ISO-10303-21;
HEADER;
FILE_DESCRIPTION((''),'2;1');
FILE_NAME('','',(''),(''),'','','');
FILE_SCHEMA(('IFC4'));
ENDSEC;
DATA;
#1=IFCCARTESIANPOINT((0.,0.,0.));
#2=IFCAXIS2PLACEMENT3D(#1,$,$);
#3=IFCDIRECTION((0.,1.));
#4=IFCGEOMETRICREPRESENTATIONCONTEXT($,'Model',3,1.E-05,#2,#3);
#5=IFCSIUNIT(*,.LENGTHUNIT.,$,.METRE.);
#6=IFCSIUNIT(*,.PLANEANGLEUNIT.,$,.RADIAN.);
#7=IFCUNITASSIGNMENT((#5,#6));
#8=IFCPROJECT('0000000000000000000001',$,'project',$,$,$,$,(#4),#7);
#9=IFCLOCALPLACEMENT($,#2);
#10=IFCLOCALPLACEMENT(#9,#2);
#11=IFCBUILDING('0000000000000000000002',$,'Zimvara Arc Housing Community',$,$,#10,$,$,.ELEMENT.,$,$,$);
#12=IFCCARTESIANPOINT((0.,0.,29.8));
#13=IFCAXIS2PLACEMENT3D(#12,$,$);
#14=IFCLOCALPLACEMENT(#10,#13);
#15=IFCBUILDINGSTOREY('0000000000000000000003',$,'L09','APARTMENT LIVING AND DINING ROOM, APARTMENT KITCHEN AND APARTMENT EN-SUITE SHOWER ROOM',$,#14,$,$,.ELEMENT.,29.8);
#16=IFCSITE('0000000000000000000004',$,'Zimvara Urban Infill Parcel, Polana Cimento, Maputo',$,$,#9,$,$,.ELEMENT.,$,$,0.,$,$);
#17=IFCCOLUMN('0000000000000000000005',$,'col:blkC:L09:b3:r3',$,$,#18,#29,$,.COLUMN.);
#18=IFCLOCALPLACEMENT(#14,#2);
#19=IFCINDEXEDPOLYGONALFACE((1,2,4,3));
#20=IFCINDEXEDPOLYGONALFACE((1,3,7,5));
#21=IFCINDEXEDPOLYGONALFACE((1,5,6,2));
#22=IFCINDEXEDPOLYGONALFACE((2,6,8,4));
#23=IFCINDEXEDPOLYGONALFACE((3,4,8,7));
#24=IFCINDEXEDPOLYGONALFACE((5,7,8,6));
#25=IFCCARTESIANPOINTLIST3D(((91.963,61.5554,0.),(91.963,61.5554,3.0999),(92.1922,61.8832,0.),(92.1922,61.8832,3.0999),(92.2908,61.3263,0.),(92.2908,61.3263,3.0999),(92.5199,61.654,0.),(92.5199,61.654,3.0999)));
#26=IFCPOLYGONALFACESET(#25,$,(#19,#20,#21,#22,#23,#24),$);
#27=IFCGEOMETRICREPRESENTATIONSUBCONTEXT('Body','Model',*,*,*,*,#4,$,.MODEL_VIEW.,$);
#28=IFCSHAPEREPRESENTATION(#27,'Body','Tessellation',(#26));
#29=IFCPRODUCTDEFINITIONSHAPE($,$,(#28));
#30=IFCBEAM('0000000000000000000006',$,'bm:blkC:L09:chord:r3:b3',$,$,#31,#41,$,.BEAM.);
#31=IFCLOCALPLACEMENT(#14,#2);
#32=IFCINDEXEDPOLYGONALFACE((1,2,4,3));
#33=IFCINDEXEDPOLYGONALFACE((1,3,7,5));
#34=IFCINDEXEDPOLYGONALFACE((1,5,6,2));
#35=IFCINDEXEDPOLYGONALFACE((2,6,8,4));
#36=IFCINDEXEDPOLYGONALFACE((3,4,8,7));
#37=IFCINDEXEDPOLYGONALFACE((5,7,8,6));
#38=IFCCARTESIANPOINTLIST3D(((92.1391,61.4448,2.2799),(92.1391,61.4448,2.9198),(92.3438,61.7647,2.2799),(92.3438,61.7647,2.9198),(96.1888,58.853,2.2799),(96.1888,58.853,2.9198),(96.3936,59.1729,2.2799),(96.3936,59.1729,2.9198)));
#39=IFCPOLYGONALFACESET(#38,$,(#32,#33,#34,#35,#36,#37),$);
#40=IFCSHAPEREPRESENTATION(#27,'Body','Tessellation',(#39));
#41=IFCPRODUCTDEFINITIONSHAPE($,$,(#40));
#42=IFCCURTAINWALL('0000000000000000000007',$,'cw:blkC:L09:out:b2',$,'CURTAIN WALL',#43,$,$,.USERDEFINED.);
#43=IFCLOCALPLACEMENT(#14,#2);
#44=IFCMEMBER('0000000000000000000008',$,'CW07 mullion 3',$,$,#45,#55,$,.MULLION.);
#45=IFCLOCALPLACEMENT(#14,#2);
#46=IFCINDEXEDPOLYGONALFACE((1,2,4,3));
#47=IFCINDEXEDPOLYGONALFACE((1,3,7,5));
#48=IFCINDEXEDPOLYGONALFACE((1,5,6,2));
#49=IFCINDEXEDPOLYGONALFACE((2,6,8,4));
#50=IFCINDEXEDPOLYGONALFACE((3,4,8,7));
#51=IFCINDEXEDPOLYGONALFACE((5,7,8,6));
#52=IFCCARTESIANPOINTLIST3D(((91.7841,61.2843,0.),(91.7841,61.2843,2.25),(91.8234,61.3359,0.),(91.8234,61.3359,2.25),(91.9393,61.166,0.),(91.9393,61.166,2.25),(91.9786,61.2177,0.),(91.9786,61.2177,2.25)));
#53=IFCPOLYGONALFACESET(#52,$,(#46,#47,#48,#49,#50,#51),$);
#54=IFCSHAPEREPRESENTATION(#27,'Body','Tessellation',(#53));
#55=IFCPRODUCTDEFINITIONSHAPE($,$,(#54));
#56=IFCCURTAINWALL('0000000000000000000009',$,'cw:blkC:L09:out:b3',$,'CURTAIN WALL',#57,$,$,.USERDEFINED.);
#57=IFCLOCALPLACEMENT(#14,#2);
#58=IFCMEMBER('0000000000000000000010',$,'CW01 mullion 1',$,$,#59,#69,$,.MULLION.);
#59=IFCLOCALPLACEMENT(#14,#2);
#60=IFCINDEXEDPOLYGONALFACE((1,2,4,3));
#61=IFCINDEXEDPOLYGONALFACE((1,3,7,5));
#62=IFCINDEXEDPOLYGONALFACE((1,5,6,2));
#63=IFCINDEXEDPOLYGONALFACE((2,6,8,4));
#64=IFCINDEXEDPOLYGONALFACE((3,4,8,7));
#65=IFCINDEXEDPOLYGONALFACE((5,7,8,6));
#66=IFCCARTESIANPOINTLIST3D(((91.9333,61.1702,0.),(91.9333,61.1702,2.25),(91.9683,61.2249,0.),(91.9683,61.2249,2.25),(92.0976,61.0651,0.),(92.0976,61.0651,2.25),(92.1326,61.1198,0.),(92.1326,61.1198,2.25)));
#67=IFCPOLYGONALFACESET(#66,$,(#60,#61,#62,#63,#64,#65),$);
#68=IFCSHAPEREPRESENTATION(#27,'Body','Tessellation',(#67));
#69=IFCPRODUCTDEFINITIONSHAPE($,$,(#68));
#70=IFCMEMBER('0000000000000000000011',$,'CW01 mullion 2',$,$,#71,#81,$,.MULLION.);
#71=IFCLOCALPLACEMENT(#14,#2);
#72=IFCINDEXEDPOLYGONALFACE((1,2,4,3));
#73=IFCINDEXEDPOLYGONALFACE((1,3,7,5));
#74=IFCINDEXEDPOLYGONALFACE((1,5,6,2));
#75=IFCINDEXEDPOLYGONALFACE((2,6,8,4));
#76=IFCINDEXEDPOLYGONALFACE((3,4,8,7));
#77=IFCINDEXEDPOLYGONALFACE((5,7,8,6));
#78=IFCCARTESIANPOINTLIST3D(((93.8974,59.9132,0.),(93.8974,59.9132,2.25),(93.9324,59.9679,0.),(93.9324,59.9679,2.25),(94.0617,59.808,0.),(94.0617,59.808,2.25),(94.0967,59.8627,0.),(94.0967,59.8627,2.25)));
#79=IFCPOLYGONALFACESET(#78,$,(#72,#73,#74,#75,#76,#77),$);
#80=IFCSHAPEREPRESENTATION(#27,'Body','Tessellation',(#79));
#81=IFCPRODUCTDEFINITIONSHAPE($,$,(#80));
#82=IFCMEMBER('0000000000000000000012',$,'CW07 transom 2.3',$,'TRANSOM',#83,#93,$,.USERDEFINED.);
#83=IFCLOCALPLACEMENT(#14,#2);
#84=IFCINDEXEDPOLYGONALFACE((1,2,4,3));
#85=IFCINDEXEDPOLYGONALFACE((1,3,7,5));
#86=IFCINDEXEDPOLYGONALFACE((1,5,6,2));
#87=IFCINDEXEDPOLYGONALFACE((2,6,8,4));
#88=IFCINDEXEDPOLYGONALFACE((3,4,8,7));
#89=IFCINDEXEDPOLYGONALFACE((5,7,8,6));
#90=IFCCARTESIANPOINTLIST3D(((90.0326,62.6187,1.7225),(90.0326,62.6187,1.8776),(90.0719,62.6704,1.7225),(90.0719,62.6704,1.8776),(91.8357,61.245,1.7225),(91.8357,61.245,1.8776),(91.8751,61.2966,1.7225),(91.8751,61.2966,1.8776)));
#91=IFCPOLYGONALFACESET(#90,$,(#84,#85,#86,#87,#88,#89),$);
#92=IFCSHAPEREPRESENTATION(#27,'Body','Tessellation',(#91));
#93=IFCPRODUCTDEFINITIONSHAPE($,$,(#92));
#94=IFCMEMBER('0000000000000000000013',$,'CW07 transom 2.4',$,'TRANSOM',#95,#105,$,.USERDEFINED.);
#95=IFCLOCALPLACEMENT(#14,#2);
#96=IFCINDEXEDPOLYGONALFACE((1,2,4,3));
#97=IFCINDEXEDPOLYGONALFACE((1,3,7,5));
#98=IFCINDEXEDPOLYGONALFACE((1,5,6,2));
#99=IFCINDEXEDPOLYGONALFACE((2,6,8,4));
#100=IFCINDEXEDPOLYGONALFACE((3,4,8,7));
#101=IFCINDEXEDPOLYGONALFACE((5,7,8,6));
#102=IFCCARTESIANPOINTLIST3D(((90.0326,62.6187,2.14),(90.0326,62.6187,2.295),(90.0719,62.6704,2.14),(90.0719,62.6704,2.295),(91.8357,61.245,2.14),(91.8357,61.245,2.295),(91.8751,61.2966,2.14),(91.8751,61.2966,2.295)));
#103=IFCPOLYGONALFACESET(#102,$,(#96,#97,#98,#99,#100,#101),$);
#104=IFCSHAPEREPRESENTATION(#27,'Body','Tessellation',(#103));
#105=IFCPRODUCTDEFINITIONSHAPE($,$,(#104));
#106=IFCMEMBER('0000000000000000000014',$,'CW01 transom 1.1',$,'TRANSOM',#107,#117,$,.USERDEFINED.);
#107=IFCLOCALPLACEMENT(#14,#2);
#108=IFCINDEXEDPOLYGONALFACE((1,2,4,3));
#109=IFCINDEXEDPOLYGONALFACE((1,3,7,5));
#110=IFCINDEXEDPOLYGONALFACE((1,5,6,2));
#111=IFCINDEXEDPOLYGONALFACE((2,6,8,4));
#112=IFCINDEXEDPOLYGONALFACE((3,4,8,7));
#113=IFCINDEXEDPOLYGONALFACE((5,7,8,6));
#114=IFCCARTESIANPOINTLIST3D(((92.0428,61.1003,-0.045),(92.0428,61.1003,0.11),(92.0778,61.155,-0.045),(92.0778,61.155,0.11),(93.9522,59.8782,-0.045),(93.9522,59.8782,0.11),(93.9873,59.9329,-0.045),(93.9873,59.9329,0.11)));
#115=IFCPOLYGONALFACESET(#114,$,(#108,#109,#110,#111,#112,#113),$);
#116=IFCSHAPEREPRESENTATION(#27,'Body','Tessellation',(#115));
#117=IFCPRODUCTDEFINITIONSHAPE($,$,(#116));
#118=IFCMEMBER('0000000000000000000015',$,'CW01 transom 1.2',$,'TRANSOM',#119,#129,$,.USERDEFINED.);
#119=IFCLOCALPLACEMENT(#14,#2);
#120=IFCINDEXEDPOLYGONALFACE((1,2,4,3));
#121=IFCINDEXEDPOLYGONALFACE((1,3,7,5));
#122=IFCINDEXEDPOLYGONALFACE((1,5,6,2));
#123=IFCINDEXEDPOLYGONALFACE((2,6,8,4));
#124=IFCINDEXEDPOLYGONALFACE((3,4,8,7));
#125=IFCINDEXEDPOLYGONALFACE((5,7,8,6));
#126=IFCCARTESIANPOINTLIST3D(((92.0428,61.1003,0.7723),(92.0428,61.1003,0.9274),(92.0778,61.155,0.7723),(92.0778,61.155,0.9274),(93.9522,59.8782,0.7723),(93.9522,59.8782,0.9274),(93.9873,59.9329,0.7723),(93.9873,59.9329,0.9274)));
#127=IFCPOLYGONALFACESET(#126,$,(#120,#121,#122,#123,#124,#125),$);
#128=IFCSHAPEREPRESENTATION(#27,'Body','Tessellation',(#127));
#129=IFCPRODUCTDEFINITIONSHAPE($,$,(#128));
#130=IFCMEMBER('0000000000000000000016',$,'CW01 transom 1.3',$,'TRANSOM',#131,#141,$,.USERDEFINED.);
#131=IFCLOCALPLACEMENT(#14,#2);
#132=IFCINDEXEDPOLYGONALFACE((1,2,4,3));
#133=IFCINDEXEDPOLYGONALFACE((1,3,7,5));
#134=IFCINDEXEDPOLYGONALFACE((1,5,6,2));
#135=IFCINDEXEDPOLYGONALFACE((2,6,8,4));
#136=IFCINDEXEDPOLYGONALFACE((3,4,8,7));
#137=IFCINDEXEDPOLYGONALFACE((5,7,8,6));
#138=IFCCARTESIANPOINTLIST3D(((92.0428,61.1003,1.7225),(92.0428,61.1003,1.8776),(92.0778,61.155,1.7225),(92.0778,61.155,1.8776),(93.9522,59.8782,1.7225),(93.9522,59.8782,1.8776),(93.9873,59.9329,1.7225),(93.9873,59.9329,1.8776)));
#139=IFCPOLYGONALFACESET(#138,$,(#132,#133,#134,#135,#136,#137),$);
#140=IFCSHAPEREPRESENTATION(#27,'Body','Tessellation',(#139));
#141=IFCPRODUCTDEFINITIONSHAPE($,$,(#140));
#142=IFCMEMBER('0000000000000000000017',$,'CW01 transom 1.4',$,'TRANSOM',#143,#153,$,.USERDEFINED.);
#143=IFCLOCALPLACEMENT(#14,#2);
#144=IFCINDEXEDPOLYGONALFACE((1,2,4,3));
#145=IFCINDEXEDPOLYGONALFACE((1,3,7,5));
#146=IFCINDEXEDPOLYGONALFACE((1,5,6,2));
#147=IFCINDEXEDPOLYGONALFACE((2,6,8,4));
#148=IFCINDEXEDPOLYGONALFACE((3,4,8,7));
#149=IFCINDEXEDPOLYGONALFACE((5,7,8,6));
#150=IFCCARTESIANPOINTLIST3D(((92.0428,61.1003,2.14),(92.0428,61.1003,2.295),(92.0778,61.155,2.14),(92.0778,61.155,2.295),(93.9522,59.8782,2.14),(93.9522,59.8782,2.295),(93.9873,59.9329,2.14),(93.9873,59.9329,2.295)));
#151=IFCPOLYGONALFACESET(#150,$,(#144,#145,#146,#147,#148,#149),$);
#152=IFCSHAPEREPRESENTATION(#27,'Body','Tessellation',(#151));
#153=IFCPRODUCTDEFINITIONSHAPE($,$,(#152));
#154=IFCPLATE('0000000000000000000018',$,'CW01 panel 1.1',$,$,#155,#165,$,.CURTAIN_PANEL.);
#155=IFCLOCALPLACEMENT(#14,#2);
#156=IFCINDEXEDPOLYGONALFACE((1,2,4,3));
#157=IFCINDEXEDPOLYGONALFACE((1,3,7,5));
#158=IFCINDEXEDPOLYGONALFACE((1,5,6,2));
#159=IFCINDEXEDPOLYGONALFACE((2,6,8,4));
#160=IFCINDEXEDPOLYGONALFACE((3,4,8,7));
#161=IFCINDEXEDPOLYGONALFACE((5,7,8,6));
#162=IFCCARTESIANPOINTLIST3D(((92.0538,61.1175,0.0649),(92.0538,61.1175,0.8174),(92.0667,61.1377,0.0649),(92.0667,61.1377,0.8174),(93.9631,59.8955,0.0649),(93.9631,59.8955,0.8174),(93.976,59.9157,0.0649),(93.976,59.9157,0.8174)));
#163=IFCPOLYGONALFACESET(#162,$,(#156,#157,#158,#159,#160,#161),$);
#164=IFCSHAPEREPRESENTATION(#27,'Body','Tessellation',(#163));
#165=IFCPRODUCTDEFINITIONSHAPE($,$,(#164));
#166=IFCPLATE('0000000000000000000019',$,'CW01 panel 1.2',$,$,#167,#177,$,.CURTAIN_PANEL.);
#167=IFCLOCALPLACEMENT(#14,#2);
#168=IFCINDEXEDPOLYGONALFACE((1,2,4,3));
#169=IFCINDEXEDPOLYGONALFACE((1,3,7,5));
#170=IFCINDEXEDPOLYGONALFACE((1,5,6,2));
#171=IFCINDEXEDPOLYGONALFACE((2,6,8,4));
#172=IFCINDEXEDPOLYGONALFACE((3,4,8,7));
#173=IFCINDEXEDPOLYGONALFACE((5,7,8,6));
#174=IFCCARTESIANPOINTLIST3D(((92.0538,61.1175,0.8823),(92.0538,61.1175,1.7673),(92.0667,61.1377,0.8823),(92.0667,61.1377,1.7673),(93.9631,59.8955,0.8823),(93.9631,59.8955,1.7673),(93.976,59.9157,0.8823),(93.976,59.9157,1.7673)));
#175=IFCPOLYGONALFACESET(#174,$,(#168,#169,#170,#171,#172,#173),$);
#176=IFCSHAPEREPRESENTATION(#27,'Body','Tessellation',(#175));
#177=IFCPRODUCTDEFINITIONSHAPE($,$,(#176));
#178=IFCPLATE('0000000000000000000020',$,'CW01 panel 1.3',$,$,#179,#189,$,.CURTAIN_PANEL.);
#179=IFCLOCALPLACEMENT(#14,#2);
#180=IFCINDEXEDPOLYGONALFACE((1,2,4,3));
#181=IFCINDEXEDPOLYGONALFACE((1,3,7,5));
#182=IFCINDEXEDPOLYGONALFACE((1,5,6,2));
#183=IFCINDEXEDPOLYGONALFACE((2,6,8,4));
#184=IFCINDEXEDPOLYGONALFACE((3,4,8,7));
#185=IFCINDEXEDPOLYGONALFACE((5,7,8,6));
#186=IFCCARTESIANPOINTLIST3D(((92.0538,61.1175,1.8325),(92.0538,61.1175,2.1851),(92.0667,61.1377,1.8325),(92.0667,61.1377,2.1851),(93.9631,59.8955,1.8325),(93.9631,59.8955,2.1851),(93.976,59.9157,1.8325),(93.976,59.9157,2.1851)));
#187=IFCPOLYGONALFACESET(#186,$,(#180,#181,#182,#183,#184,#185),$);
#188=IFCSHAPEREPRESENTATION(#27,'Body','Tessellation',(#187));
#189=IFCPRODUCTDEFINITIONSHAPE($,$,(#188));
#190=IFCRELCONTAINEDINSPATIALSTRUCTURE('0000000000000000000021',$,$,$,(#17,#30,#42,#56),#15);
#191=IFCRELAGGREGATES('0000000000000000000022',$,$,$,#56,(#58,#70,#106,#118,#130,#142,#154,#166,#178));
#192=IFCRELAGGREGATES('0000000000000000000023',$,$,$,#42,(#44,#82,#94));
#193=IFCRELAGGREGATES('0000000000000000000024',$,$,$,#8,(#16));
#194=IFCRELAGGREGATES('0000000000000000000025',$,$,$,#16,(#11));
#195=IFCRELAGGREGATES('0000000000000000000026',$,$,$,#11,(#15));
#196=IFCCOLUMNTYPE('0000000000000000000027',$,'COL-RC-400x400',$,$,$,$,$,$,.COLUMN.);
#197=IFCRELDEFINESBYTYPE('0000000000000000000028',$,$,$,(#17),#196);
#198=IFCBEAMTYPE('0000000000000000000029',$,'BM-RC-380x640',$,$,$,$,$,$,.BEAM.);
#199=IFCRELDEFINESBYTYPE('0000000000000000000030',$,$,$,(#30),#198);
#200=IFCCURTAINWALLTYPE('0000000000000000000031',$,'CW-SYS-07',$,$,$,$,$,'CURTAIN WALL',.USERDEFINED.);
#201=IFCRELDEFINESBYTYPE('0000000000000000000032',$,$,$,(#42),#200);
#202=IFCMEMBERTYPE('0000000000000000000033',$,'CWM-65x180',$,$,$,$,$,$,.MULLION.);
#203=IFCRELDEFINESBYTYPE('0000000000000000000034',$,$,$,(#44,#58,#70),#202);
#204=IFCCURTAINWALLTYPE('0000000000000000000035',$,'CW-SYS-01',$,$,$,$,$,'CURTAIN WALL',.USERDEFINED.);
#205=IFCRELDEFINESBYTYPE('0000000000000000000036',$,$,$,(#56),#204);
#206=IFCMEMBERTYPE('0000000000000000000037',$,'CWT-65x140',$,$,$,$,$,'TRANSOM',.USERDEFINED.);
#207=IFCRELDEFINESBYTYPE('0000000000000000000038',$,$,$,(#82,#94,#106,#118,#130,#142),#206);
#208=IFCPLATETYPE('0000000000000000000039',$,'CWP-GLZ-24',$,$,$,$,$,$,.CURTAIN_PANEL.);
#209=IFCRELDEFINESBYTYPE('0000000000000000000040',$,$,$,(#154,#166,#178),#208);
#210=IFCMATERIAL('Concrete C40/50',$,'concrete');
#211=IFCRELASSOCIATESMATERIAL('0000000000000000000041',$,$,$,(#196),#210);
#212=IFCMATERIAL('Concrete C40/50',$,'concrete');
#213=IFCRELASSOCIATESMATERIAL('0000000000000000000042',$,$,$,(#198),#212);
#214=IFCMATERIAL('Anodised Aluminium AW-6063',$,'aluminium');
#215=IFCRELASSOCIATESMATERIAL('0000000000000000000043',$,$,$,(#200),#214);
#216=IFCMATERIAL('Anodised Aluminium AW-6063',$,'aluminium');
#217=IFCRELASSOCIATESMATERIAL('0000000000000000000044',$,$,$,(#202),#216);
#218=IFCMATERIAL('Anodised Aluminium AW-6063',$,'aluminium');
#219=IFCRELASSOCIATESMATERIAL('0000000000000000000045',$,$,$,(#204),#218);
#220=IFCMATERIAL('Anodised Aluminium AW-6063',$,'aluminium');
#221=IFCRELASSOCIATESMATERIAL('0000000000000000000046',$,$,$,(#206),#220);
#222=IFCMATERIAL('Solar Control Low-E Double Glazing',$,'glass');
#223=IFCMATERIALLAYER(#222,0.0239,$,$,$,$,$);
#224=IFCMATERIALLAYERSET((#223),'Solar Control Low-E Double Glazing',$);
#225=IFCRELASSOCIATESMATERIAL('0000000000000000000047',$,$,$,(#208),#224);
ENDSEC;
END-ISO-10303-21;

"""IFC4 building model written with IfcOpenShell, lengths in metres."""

from ifc_helpers import new_model, si_unit, direction, frame, origin, origin_2d, place, context, subcontext, project, spatial, rectangle, extrude, material, layer, layer_set, material_profile, profile_set, type_object, element, aggregate, save


model = new_model("IFC4")

# Units and contexts
model_context = context("Model", 3, precision=1e-05, world=origin(), true_north=direction((0.0, 1.0)))
body_context = subcontext(model_context, "Body", "Model", "MODEL_VIEW")
ifc_project = project(units=[si_unit("LENGTHUNIT", "METRE"), si_unit("PLANEANGLEUNIT", "RADIAN")], contexts=[model_context])

# Site, building, storey
site_placement = place(None, origin())
site = spatial("IfcSite", under=ifc_project, at=site_placement, Name="Zimvara Urban Infill Parcel, Polana Cimento, Maputo", CompositionType="ELEMENT", RefElevation=0.0)
building_placement = place(site_placement, origin())
building = spatial("IfcBuilding", under=site, at=building_placement, Name="Zimvara Arc Housing Community", CompositionType="ELEMENT")
storey_placement = place(building_placement, frame((0.0, 0.0, 29.8)))
storey = spatial("IfcBuildingStorey", under=building, at=storey_placement, Name="L09", Description="APARTMENT LIVING AND DINING ROOM, APARTMENT KITCHEN AND APARTMENT EN-SUITE SHOWER ROOM", CompositionType="ELEMENT", Elevation=29.8)

# Column
ifc_material_1 = material(Name="Concrete C40/50", Category="concrete")
ifc_material_profile_1 = material_profile(ifc_material_1, rectangle(XDim=0.3999, YDim=0.3999, at=origin_2d()), Name="RC 400x400")
ifc_profile_set_1 = profile_set([ifc_material_profile_1], Name="Concrete C40/50")
column_type = type_object("IfcColumnType", Name="COL-RC-400x400", PredefinedType="COLUMN", material=ifc_profile_set_1)
column_placement = place(storey_placement, frame((92.2415, 61.6047, 0.0), z_axis=(0.0, 0.0, 1.0), x_axis=(-0.573004, -0.819552, 0.0)))
element("IfcColumn", 1, at=column_placement, inside=storey, type_object=column_type, Name="col:blkC:L09:b3:r3", PredefinedType="COLUMN", context=body_context, shape_type="SweptSolid", body=[
    extrude(rectangle(XDim=0.3999, YDim=0.3999, at=origin_2d()), origin(), (0.0, 0.0, 1.0), 3.0999),
])

# Beam
ifc_material_2 = material(Name="Concrete C40/50", Category="concrete")
ifc_material_profile_2 = material_profile(ifc_material_2, rectangle(XDim=0.3799, YDim=0.6399, at=origin_2d()), Name="RC 380x640")
ifc_profile_set_2 = profile_set([ifc_material_profile_2], Name="Concrete C40/50")
beam_type = type_object("IfcBeamType", Name="BM-RC-380x640", PredefinedType="BEAM", material=ifc_profile_set_2)
beam_placement = place(storey_placement, frame((92.2415, 61.6047, 2.5999), z_axis=(0.842279, -0.539042, 0.0), x_axis=(0.539042, 0.842279, 0.0)))
element("IfcBeam", 2, at=beam_placement, inside=storey, type_object=beam_type, Name="bm:blkC:L09:chord:r3:b3", PredefinedType="BEAM", context=body_context, shape_type="SweptSolid", body=[
    extrude(rectangle(XDim=0.3799, YDim=0.6399, at=origin_2d()), origin(), (0.0, 0.0, 1.0), 4.8081),
])

# Curtain wall, member
ifc_material_3 = material(Name="Anodised Aluminium AW-6063", Category="aluminium")
curtain_wall_type_1 = type_object("IfcCurtainWallType", Name="CW-SYS-07", ElementType="CURTAIN WALL", PredefinedType="USERDEFINED", material=ifc_material_3)
curtain_wall_1_placement = place(storey_placement, origin())
curtain_wall_1 = element("IfcCurtainWall", 3, at=curtain_wall_1_placement, inside=storey, type_object=curtain_wall_type_1, Name="cw:blkC:L09:out:b2", ObjectType="CURTAIN WALL", PredefinedType="USERDEFINED")
ifc_material_4 = material(Name="Anodised Aluminium AW-6063", Category="aluminium")
ifc_material_profile_3 = material_profile(ifc_material_4, rectangle(XDim=0.0649, YDim=0.1951, at=origin_2d()), Name="ALU 65x195")
ifc_profile_set_3 = profile_set([ifc_material_profile_3], Name="Anodised Aluminium AW-6063")
member_type_1 = type_object("IfcMemberType", Name="CWM-65x180", PredefinedType="MULLION", material=ifc_profile_set_3)
member_1_placement = place(storey_placement, frame((91.8813, 61.251, 0.0), z_axis=(0.0, 0.0, 1.0), x_axis=(0.605988, 0.795474, 0.0)))
member_1 = element("IfcMember", 4, at=member_1_placement, type_object=member_type_1, Name="CW07 mullion 3", PredefinedType="MULLION", context=body_context, shape_type="SweptSolid", body=[
    extrude(rectangle(XDim=0.0649, YDim=0.1951, at=origin_2d()), origin(), (0.0, 0.0, 1.0), 2.25),
])

# Curtain wall, members
ifc_material_5 = material(Name="Anodised Aluminium AW-6063", Category="aluminium")
curtain_wall_type_2 = type_object("IfcCurtainWallType", Name="CW-SYS-01", ElementType="CURTAIN WALL", PredefinedType="USERDEFINED", material=ifc_material_5)
curtain_wall_2_placement = place(storey_placement, origin())
curtain_wall_2 = element("IfcCurtainWall", 5, at=curtain_wall_2_placement, inside=storey, type_object=curtain_wall_type_2, Name="cw:blkC:L09:out:b3", ObjectType="CURTAIN WALL", PredefinedType="USERDEFINED")
member_2_placement = place(storey_placement, frame((92.033, 61.145, 0.0), z_axis=(0.0, 0.0, 1.0), x_axis=(0.539065, 0.842264, 0.0)))
member_2 = element("IfcMember", 6, at=member_2_placement, type_object=member_type_1, Name="CW01 mullion 1", PredefinedType="MULLION", context=body_context, shape_type="SweptSolid", body=[
    extrude(rectangle(XDim=0.0649, YDim=0.1951, at=origin_2d()), origin(), (0.0, 0.0, 1.0), 2.25),
])
member_3_placement = place(storey_placement, frame((93.9971, 59.8879, 0.0), z_axis=(0.0, 0.0, 1.0), x_axis=(0.539065, 0.842264, 0.0)))
member_3 = element("IfcMember", 7, at=member_3_placement, type_object=member_type_1, Name="CW01 mullion 2", PredefinedType="MULLION", context=body_context, shape_type="SweptSolid", body=[
    extrude(rectangle(XDim=0.0649, YDim=0.1951, at=origin_2d()), origin(), (0.0, 0.0, 1.0), 2.25),
])

# Members
ifc_material_6 = material(Name="Anodised Aluminium AW-6063", Category="aluminium")
ifc_material_profile_4 = material_profile(ifc_material_6, rectangle(XDim=0.0649, YDim=0.155, at=origin_2d()), Name="ALU 65x155")
ifc_profile_set_4 = profile_set([ifc_material_profile_4], Name="Anodised Aluminium AW-6063")
member_type_2 = type_object("IfcMemberType", Name="CWT-65x140", ElementType="TRANSOM", PredefinedType="USERDEFINED", material=ifc_profile_set_4)
member_4_placement = place(storey_placement, frame((90.0522, 62.6445, 1.8), z_axis=(0.795454, -0.606014, 0.0), x_axis=(0.606014, 0.795454, 0.0)))
member_4 = element("IfcMember", 8, at=member_4_placement, type_object=member_type_2, Name="CW07 transom 2.3", ObjectType="TRANSOM", PredefinedType="USERDEFINED", context=body_context, shape_type="SweptSolid", body=[
    extrude(rectangle(XDim=0.0649, YDim=0.155, at=origin_2d()), origin(), (0.0, 0.0, 1.0), 2.2668),
])
member_5_placement = place(storey_placement, frame((90.0522, 62.6445, 2.2175), z_axis=(0.795454, -0.606014, 0.0), x_axis=(0.606014, 0.795454, 0.0)))
member_5 = element("IfcMember", 9, at=member_5_placement, type_object=member_type_2, Name="CW07 transom 2.4", ObjectType="TRANSOM", PredefinedType="USERDEFINED", context=body_context, shape_type="SweptSolid", body=[
    extrude(rectangle(XDim=0.0649, YDim=0.155, at=origin_2d()), origin(), (0.0, 0.0, 1.0), 2.2668),
])
member_6_placement = place(storey_placement, frame((92.0603, 61.1277, 0.0325), z_axis=(0.842244, -0.539096, 0.0), x_axis=(0.539096, 0.842244, 0.0)))
member_6 = element("IfcMember", 10, at=member_6_placement, type_object=member_type_2, Name="CW01 transom 1.1", ObjectType="TRANSOM", PredefinedType="USERDEFINED", context=body_context, shape_type="SweptSolid", body=[
    extrude(rectangle(XDim=0.0649, YDim=0.155, at=origin_2d()), origin(), (0.0, 0.0, 1.0), 2.2671),
])
member_7_placement = place(storey_placement, frame((92.0603, 61.1277, 0.8499), z_axis=(0.842244, -0.539096, 0.0), x_axis=(0.539096, 0.842244, 0.0)))
member_7 = element("IfcMember", 11, at=member_7_placement, type_object=member_type_2, Name="CW01 transom 1.2", ObjectType="TRANSOM", PredefinedType="USERDEFINED", context=body_context, shape_type="SweptSolid", body=[
    extrude(rectangle(XDim=0.0649, YDim=0.155, at=origin_2d()), origin(), (0.0, 0.0, 1.0), 2.2671),
])
member_8_placement = place(storey_placement, frame((92.0603, 61.1277, 1.8), z_axis=(0.842244, -0.539096, 0.0), x_axis=(0.539096, 0.842244, 0.0)))
member_8 = element("IfcMember", 12, at=member_8_placement, type_object=member_type_2, Name="CW01 transom 1.3", ObjectType="TRANSOM", PredefinedType="USERDEFINED", context=body_context, shape_type="SweptSolid", body=[
    extrude(rectangle(XDim=0.0649, YDim=0.155, at=origin_2d()), origin(), (0.0, 0.0, 1.0), 2.2671),
])
member_9_placement = place(storey_placement, frame((92.0603, 61.1277, 2.2175), z_axis=(0.842244, -0.539096, 0.0), x_axis=(0.539096, 0.842244, 0.0)))
member_9 = element("IfcMember", 13, at=member_9_placement, type_object=member_type_2, Name="CW01 transom 1.4", ObjectType="TRANSOM", PredefinedType="USERDEFINED", context=body_context, shape_type="SweptSolid", body=[
    extrude(rectangle(XDim=0.0649, YDim=0.155, at=origin_2d()), origin(), (0.0, 0.0, 1.0), 2.2671),
])

# Plates
ifc_material_7 = material(Name="Solar Control Low-E Double Glazing", Category="glass")
ifc_layer_1 = layer(ifc_material_7, 0.0239)
ifc_layer_set_1 = layer_set([ifc_layer_1], Name="Solar Control Low-E Double Glazing")
plate_type_1 = type_object("IfcPlateType", Name="CWP-GLZ-24", PredefinedType="CURTAIN_PANEL", material=ifc_layer_set_1)
plate_1_placement = place(storey_placement, frame((93.0149, 60.5166, 0.0649), z_axis=(0.0, 0.0, 1.0), x_axis=(0.842264, -0.539065, 0.0)))
plate_1 = element("IfcPlate", 14, at=plate_1_placement, type_object=plate_type_1, Name="CW01 panel 1.1", PredefinedType="CURTAIN_PANEL", context=body_context, shape_type="SweptSolid", body=[
    extrude(rectangle(XDim=2.2668, YDim=0.0239, at=origin_2d()), origin(), (0.0, 0.0, 1.0), 0.7524),
])
plate_2_placement = place(storey_placement, frame((93.0149, 60.5166, 0.8823), z_axis=(0.0, 0.0, 1.0), x_axis=(0.842264, -0.539065, 0.0)))
plate_2 = element("IfcPlate", 15, at=plate_2_placement, type_object=plate_type_1, Name="CW01 panel 1.2", PredefinedType="CURTAIN_PANEL", context=body_context, shape_type="SweptSolid", body=[
    extrude(rectangle(XDim=2.2668, YDim=0.0239, at=origin_2d()), origin(), (0.0, 0.0, 1.0), 0.885),
])
plate_3_placement = place(storey_placement, frame((93.0149, 60.5166, 1.8325), z_axis=(0.0, 0.0, 1.0), x_axis=(0.842264, -0.539065, 0.0)))
plate_3 = element("IfcPlate", 16, at=plate_3_placement, type_object=plate_type_1, Name="CW01 panel 1.3", PredefinedType="CURTAIN_PANEL", context=body_context, shape_type="SweptSolid", body=[
    extrude(rectangle(XDim=2.2668, YDim=0.0239, at=origin_2d()), origin(), (0.0, 0.0, 1.0), 0.3525),
])
aggregate(curtain_wall_2, [member_2, member_3, member_6, member_7, member_8, member_9, plate_1, plate_2, plate_3])
aggregate(curtain_wall_1, [member_1, member_4, member_5])

save(model, "model.ifc")
